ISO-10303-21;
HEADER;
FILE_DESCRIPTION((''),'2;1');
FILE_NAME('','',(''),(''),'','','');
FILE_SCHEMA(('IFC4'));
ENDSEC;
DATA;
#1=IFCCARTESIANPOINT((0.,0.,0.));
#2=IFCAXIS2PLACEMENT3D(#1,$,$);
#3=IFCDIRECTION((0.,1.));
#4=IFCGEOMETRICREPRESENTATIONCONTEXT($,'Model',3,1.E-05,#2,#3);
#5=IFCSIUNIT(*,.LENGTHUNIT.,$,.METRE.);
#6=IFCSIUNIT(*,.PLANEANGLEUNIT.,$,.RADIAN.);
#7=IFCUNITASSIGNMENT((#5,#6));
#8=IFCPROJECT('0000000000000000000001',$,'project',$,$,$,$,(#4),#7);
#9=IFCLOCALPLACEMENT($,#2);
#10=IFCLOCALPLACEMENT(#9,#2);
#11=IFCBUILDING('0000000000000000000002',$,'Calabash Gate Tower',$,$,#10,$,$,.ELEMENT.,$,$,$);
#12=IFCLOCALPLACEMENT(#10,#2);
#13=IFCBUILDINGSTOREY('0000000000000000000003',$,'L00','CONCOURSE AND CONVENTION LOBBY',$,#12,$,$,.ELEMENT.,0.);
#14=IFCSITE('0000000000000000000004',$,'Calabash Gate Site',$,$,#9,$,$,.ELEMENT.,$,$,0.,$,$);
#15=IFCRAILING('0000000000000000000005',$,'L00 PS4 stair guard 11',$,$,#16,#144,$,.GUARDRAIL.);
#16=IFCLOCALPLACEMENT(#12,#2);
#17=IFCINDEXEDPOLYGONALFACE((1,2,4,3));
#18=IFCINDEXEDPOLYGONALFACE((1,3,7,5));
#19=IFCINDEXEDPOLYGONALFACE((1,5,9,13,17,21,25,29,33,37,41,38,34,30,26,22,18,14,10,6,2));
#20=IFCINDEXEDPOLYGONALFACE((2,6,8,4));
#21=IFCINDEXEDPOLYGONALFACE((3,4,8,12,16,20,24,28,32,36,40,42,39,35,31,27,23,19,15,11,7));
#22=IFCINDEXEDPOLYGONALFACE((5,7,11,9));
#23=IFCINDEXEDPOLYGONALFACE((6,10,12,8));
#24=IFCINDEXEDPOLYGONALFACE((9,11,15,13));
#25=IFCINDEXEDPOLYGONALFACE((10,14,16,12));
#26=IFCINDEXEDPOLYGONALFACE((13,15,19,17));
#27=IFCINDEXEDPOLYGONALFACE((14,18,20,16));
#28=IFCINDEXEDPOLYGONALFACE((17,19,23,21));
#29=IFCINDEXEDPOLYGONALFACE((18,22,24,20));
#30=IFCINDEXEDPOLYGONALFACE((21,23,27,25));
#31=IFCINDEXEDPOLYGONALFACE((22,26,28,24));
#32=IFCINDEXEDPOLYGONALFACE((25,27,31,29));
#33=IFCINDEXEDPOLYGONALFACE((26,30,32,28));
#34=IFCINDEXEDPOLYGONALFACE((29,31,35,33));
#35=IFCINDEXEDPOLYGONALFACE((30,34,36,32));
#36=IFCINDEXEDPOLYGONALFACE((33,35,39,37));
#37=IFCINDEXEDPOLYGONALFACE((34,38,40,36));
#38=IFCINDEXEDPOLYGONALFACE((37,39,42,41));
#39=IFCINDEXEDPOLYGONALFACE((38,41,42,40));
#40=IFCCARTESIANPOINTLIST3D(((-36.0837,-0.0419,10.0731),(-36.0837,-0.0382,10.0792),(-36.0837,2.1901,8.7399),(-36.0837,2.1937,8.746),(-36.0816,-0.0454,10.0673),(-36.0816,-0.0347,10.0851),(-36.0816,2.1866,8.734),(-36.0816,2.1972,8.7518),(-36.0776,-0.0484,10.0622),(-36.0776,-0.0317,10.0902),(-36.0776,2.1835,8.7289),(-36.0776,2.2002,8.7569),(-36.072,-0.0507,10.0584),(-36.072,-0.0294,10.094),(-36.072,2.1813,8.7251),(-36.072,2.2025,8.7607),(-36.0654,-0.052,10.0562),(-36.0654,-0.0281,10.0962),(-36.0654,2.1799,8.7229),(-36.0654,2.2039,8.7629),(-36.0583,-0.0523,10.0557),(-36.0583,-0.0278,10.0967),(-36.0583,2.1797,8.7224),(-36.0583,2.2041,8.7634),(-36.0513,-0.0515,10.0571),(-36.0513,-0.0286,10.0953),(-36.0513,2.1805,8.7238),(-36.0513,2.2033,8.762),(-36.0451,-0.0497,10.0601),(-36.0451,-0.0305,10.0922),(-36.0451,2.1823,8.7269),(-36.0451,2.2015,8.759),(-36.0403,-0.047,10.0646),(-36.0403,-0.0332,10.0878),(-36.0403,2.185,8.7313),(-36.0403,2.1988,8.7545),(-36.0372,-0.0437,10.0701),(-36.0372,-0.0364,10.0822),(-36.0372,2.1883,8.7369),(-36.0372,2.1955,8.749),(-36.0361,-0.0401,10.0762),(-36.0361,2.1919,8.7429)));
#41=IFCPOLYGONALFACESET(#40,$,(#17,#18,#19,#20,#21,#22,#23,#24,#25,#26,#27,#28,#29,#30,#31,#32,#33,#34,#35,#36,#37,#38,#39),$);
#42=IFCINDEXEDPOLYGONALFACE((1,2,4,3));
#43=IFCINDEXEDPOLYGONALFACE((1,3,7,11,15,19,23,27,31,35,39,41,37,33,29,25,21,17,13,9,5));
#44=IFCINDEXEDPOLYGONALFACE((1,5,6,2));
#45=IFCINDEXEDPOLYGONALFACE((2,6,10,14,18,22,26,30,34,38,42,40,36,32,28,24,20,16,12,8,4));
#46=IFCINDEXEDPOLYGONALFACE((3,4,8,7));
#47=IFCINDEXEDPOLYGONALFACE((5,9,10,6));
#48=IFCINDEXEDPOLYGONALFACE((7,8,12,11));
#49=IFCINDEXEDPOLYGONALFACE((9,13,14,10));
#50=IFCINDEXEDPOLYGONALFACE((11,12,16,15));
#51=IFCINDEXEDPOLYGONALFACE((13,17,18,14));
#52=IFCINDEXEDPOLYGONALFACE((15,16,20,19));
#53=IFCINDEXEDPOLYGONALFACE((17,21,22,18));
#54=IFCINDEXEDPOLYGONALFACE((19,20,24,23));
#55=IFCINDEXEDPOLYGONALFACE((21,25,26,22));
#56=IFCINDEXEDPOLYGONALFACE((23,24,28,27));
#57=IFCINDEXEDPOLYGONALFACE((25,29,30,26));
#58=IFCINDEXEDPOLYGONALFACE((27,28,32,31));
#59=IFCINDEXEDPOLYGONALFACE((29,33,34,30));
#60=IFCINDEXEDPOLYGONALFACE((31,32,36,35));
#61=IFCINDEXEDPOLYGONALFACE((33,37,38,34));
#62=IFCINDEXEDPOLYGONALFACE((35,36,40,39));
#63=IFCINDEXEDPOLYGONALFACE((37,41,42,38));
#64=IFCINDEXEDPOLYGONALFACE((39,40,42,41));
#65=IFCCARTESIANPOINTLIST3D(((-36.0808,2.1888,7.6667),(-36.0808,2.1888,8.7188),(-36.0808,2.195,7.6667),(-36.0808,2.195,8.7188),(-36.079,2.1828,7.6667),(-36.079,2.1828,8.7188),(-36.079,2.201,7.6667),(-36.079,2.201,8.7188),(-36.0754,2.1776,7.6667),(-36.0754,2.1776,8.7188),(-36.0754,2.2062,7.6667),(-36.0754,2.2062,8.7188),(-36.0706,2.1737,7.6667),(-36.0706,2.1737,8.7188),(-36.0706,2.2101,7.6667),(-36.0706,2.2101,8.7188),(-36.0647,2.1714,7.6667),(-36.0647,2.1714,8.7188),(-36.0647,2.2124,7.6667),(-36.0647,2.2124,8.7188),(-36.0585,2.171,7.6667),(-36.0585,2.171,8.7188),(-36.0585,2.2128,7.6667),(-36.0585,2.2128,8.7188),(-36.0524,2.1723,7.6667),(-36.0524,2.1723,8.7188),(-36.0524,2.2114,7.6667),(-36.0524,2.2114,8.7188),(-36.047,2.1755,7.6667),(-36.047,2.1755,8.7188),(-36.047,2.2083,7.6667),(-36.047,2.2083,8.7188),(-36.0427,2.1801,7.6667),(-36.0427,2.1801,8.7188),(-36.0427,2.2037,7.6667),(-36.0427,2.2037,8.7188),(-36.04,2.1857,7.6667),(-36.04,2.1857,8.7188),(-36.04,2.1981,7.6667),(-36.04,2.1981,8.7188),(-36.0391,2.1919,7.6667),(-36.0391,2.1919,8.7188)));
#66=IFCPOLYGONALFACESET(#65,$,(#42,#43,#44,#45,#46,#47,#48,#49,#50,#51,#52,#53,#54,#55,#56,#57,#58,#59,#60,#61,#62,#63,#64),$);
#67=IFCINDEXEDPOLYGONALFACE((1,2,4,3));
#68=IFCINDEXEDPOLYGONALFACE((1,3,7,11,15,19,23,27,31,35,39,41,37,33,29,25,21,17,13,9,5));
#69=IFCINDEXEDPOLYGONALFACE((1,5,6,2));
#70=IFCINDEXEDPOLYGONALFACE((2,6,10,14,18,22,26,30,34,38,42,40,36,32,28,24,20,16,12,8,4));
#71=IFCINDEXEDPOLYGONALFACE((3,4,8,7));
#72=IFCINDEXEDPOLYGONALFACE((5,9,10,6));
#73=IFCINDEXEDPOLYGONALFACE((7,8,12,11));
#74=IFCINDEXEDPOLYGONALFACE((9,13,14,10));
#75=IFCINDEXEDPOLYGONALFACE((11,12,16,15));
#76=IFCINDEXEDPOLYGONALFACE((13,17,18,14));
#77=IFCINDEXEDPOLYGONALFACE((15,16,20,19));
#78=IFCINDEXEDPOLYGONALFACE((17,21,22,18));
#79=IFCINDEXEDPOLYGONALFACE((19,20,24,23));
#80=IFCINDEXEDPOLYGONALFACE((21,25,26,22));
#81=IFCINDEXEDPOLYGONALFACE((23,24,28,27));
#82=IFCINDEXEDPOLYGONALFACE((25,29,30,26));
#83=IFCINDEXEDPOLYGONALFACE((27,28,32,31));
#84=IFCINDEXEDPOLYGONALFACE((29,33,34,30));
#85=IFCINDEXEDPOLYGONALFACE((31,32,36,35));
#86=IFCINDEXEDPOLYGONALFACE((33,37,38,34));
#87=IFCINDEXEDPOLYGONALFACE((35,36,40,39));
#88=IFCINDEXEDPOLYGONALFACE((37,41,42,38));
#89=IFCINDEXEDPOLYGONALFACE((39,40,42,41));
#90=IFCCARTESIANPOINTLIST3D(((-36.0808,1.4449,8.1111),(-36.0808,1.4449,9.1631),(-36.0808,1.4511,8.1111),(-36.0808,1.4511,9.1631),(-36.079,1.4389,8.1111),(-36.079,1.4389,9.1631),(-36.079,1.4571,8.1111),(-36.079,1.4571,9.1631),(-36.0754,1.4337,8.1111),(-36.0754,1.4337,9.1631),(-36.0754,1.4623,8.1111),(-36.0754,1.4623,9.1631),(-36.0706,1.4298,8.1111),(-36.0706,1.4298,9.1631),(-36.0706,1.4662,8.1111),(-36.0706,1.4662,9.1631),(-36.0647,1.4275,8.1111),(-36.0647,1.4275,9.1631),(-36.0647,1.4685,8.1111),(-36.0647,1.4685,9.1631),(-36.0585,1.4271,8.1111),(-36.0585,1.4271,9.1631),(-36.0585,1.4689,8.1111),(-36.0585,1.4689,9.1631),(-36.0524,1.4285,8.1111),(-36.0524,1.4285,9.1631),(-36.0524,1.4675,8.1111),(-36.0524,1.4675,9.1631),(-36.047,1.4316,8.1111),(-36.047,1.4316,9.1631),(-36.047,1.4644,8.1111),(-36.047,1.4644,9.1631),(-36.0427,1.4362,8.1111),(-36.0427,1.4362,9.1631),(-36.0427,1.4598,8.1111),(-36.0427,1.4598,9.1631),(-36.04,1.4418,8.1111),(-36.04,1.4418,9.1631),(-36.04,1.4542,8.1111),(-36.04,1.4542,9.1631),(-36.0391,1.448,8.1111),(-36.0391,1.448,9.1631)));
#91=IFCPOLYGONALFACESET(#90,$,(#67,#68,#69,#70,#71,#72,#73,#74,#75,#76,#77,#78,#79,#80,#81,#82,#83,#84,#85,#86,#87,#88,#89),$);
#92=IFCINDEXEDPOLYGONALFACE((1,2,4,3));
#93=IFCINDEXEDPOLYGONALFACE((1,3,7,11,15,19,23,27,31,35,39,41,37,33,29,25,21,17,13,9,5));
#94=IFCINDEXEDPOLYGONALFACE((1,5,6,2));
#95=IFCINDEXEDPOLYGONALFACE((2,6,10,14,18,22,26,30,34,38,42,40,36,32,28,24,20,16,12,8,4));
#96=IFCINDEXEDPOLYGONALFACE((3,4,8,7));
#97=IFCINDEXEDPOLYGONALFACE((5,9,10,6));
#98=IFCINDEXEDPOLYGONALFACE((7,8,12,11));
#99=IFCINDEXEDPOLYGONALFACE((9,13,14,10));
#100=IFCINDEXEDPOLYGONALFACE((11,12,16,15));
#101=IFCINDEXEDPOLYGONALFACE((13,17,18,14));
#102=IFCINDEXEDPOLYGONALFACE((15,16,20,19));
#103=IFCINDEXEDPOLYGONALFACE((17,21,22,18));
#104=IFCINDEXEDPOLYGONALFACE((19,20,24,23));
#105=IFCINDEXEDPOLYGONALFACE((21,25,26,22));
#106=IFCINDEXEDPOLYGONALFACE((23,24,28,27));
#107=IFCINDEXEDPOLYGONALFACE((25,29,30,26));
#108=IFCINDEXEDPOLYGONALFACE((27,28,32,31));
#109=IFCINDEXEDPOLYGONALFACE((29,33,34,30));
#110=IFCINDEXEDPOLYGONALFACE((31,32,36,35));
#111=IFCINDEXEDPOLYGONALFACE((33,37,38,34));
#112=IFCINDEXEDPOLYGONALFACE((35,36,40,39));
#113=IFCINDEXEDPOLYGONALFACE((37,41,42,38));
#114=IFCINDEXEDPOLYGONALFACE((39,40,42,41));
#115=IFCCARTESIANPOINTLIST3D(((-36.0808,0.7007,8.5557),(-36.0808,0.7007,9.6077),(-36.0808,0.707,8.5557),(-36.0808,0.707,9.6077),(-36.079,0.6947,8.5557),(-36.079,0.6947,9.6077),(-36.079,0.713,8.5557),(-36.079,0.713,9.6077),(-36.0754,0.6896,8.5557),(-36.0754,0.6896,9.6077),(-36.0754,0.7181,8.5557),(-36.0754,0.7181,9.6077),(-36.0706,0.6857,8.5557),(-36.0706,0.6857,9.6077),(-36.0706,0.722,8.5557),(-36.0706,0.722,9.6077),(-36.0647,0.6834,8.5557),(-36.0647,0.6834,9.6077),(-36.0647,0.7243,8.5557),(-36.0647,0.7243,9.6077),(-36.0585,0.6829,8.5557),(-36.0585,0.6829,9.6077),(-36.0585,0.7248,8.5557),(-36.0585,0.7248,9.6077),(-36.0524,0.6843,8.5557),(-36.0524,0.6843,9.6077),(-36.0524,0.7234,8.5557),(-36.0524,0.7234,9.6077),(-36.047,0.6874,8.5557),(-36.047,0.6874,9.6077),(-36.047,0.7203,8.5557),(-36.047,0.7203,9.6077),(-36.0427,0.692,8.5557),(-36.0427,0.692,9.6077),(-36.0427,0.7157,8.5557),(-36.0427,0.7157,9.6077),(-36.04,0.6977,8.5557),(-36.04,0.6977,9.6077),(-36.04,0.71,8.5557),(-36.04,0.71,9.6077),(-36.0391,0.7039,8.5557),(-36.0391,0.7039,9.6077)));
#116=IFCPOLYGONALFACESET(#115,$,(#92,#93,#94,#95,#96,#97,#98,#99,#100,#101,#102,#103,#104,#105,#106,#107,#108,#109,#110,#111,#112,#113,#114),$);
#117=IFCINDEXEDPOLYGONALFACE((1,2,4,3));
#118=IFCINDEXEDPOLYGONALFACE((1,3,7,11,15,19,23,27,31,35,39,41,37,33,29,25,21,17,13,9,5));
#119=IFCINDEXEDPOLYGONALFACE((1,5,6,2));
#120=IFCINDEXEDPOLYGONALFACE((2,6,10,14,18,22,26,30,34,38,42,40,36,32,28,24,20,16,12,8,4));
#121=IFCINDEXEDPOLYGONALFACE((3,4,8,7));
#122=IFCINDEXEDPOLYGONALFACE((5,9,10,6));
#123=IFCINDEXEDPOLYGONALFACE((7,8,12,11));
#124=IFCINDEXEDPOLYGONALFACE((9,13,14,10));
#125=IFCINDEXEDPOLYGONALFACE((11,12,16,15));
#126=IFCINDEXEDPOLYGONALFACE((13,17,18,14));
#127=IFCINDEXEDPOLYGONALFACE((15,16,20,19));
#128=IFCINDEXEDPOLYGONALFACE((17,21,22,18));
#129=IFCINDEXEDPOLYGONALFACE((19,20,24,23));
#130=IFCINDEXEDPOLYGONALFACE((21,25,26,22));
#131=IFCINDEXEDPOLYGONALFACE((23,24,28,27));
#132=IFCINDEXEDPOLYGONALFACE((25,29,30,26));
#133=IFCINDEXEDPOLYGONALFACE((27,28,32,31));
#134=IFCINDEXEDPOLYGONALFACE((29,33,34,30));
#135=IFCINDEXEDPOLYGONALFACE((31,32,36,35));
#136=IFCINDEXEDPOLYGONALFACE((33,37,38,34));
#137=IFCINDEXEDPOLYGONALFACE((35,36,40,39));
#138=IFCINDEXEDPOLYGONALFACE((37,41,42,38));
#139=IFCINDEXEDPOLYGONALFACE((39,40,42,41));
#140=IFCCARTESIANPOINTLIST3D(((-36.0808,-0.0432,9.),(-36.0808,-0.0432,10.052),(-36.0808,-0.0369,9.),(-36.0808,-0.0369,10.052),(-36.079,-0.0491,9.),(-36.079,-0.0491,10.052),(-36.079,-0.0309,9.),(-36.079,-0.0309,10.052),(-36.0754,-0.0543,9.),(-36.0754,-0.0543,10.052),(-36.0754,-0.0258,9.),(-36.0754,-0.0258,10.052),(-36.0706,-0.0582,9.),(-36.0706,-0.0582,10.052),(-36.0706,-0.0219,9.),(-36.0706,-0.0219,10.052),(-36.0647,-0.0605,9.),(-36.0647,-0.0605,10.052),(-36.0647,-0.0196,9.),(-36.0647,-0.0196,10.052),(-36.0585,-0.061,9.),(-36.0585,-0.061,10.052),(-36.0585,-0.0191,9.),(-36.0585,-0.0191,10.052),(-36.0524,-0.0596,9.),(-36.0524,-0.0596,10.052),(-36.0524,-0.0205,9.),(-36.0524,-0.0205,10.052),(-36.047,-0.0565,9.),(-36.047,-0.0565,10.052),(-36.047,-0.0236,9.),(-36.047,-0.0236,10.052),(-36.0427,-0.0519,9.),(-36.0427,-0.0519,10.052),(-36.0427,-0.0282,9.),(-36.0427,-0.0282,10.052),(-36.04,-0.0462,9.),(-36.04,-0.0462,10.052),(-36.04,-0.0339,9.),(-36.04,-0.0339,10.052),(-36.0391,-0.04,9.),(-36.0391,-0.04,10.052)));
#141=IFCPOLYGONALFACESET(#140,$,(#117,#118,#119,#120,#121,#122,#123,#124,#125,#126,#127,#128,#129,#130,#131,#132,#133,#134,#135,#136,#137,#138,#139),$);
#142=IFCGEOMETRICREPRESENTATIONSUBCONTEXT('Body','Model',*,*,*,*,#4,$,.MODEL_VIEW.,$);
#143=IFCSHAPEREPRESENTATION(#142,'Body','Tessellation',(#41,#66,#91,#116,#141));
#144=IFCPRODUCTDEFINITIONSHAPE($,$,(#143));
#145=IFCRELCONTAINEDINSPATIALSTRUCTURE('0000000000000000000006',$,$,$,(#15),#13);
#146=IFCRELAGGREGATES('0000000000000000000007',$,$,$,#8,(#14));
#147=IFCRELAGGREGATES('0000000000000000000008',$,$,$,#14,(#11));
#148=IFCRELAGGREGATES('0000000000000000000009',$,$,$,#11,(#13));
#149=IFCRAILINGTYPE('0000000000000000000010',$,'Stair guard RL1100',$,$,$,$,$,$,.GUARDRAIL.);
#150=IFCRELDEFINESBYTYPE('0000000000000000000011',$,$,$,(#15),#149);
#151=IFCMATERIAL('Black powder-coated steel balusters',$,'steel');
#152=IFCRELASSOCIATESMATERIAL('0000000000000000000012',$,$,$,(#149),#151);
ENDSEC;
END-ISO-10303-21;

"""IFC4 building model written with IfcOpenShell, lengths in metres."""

from ifc_helpers import new_model, si_unit, direction, frame, origin, origin_2d, place, context, subcontext, project, spatial, circle, extrude, material, type_object, element, save


model = new_model("IFC4")

# Units and contexts
model_context = context("Model", 3, precision=1e-05, world=origin(), true_north=direction((0.0, 1.0)))
body_context = subcontext(model_context, "Body", "Model", "MODEL_VIEW")
ifc_project = project(units=[si_unit("LENGTHUNIT", "METRE"), si_unit("PLANEANGLEUNIT", "RADIAN")], contexts=[model_context])

# Site, building, storey
site_placement = place(None, origin())
site = spatial("IfcSite", under=ifc_project, at=site_placement, Name="Calabash Gate Site", CompositionType="ELEMENT", RefElevation=0.0)
building_placement = place(site_placement, origin())
building = spatial("IfcBuilding", under=site, at=building_placement, Name="Calabash Gate Tower", CompositionType="ELEMENT")
storey_placement = place(building_placement, origin())
storey = spatial("IfcBuildingStorey", under=building, at=storey_placement, Name="L00", Description="CONCOURSE AND CONVENTION LOBBY", CompositionType="ELEMENT", Elevation=0.0)

# Railing
ifc_material_1 = material(Name="Black powder-coated steel balusters", Category="steel")
railing_type_1 = type_object("IfcRailingType", Name="Stair guard RL1100", PredefinedType="GUARDRAIL", material=ifc_material_1)
railing_1_placement = place(storey_placement, frame((-36.0601, 2.1919, 7.6667)))
element("IfcRailing", 1, at=railing_1_placement, inside=storey, type_object=railing_type_1, Name="L00 PS4 stair guard 11", PredefinedType="GUARDRAIL", context=body_context, shape_type="SweptSolid", body=[
    extrude(circle(Radius=0.0239, at=origin_2d()), frame((0.0, 0.0, 1.0762), z_axis=(0.0, -0.858494, 0.512824), x_axis=(1.0, 0.0, 0.0)), (0.0, 0.0, 1.0), 2.5999),
    extrude(circle(Radius=0.021, at=origin_2d()), origin(), (0.0, 0.0, 1.0), 1.052),
    extrude(circle(Radius=0.021, at=origin_2d()), frame((0.0, -0.7439, 0.4443)), (0.0, 0.0, 1.0), 1.052),
    extrude(circle(Radius=0.021, at=origin_2d()), frame((0.0, -1.488, 0.8889)), (0.0, 0.0, 1.0), 1.052),
    extrude(circle(Radius=0.021, at=origin_2d()), frame((0.0, -2.2319, 1.3333)), (0.0, 0.0, 1.0), 1.052),
])

save(model, "model.ifc")
